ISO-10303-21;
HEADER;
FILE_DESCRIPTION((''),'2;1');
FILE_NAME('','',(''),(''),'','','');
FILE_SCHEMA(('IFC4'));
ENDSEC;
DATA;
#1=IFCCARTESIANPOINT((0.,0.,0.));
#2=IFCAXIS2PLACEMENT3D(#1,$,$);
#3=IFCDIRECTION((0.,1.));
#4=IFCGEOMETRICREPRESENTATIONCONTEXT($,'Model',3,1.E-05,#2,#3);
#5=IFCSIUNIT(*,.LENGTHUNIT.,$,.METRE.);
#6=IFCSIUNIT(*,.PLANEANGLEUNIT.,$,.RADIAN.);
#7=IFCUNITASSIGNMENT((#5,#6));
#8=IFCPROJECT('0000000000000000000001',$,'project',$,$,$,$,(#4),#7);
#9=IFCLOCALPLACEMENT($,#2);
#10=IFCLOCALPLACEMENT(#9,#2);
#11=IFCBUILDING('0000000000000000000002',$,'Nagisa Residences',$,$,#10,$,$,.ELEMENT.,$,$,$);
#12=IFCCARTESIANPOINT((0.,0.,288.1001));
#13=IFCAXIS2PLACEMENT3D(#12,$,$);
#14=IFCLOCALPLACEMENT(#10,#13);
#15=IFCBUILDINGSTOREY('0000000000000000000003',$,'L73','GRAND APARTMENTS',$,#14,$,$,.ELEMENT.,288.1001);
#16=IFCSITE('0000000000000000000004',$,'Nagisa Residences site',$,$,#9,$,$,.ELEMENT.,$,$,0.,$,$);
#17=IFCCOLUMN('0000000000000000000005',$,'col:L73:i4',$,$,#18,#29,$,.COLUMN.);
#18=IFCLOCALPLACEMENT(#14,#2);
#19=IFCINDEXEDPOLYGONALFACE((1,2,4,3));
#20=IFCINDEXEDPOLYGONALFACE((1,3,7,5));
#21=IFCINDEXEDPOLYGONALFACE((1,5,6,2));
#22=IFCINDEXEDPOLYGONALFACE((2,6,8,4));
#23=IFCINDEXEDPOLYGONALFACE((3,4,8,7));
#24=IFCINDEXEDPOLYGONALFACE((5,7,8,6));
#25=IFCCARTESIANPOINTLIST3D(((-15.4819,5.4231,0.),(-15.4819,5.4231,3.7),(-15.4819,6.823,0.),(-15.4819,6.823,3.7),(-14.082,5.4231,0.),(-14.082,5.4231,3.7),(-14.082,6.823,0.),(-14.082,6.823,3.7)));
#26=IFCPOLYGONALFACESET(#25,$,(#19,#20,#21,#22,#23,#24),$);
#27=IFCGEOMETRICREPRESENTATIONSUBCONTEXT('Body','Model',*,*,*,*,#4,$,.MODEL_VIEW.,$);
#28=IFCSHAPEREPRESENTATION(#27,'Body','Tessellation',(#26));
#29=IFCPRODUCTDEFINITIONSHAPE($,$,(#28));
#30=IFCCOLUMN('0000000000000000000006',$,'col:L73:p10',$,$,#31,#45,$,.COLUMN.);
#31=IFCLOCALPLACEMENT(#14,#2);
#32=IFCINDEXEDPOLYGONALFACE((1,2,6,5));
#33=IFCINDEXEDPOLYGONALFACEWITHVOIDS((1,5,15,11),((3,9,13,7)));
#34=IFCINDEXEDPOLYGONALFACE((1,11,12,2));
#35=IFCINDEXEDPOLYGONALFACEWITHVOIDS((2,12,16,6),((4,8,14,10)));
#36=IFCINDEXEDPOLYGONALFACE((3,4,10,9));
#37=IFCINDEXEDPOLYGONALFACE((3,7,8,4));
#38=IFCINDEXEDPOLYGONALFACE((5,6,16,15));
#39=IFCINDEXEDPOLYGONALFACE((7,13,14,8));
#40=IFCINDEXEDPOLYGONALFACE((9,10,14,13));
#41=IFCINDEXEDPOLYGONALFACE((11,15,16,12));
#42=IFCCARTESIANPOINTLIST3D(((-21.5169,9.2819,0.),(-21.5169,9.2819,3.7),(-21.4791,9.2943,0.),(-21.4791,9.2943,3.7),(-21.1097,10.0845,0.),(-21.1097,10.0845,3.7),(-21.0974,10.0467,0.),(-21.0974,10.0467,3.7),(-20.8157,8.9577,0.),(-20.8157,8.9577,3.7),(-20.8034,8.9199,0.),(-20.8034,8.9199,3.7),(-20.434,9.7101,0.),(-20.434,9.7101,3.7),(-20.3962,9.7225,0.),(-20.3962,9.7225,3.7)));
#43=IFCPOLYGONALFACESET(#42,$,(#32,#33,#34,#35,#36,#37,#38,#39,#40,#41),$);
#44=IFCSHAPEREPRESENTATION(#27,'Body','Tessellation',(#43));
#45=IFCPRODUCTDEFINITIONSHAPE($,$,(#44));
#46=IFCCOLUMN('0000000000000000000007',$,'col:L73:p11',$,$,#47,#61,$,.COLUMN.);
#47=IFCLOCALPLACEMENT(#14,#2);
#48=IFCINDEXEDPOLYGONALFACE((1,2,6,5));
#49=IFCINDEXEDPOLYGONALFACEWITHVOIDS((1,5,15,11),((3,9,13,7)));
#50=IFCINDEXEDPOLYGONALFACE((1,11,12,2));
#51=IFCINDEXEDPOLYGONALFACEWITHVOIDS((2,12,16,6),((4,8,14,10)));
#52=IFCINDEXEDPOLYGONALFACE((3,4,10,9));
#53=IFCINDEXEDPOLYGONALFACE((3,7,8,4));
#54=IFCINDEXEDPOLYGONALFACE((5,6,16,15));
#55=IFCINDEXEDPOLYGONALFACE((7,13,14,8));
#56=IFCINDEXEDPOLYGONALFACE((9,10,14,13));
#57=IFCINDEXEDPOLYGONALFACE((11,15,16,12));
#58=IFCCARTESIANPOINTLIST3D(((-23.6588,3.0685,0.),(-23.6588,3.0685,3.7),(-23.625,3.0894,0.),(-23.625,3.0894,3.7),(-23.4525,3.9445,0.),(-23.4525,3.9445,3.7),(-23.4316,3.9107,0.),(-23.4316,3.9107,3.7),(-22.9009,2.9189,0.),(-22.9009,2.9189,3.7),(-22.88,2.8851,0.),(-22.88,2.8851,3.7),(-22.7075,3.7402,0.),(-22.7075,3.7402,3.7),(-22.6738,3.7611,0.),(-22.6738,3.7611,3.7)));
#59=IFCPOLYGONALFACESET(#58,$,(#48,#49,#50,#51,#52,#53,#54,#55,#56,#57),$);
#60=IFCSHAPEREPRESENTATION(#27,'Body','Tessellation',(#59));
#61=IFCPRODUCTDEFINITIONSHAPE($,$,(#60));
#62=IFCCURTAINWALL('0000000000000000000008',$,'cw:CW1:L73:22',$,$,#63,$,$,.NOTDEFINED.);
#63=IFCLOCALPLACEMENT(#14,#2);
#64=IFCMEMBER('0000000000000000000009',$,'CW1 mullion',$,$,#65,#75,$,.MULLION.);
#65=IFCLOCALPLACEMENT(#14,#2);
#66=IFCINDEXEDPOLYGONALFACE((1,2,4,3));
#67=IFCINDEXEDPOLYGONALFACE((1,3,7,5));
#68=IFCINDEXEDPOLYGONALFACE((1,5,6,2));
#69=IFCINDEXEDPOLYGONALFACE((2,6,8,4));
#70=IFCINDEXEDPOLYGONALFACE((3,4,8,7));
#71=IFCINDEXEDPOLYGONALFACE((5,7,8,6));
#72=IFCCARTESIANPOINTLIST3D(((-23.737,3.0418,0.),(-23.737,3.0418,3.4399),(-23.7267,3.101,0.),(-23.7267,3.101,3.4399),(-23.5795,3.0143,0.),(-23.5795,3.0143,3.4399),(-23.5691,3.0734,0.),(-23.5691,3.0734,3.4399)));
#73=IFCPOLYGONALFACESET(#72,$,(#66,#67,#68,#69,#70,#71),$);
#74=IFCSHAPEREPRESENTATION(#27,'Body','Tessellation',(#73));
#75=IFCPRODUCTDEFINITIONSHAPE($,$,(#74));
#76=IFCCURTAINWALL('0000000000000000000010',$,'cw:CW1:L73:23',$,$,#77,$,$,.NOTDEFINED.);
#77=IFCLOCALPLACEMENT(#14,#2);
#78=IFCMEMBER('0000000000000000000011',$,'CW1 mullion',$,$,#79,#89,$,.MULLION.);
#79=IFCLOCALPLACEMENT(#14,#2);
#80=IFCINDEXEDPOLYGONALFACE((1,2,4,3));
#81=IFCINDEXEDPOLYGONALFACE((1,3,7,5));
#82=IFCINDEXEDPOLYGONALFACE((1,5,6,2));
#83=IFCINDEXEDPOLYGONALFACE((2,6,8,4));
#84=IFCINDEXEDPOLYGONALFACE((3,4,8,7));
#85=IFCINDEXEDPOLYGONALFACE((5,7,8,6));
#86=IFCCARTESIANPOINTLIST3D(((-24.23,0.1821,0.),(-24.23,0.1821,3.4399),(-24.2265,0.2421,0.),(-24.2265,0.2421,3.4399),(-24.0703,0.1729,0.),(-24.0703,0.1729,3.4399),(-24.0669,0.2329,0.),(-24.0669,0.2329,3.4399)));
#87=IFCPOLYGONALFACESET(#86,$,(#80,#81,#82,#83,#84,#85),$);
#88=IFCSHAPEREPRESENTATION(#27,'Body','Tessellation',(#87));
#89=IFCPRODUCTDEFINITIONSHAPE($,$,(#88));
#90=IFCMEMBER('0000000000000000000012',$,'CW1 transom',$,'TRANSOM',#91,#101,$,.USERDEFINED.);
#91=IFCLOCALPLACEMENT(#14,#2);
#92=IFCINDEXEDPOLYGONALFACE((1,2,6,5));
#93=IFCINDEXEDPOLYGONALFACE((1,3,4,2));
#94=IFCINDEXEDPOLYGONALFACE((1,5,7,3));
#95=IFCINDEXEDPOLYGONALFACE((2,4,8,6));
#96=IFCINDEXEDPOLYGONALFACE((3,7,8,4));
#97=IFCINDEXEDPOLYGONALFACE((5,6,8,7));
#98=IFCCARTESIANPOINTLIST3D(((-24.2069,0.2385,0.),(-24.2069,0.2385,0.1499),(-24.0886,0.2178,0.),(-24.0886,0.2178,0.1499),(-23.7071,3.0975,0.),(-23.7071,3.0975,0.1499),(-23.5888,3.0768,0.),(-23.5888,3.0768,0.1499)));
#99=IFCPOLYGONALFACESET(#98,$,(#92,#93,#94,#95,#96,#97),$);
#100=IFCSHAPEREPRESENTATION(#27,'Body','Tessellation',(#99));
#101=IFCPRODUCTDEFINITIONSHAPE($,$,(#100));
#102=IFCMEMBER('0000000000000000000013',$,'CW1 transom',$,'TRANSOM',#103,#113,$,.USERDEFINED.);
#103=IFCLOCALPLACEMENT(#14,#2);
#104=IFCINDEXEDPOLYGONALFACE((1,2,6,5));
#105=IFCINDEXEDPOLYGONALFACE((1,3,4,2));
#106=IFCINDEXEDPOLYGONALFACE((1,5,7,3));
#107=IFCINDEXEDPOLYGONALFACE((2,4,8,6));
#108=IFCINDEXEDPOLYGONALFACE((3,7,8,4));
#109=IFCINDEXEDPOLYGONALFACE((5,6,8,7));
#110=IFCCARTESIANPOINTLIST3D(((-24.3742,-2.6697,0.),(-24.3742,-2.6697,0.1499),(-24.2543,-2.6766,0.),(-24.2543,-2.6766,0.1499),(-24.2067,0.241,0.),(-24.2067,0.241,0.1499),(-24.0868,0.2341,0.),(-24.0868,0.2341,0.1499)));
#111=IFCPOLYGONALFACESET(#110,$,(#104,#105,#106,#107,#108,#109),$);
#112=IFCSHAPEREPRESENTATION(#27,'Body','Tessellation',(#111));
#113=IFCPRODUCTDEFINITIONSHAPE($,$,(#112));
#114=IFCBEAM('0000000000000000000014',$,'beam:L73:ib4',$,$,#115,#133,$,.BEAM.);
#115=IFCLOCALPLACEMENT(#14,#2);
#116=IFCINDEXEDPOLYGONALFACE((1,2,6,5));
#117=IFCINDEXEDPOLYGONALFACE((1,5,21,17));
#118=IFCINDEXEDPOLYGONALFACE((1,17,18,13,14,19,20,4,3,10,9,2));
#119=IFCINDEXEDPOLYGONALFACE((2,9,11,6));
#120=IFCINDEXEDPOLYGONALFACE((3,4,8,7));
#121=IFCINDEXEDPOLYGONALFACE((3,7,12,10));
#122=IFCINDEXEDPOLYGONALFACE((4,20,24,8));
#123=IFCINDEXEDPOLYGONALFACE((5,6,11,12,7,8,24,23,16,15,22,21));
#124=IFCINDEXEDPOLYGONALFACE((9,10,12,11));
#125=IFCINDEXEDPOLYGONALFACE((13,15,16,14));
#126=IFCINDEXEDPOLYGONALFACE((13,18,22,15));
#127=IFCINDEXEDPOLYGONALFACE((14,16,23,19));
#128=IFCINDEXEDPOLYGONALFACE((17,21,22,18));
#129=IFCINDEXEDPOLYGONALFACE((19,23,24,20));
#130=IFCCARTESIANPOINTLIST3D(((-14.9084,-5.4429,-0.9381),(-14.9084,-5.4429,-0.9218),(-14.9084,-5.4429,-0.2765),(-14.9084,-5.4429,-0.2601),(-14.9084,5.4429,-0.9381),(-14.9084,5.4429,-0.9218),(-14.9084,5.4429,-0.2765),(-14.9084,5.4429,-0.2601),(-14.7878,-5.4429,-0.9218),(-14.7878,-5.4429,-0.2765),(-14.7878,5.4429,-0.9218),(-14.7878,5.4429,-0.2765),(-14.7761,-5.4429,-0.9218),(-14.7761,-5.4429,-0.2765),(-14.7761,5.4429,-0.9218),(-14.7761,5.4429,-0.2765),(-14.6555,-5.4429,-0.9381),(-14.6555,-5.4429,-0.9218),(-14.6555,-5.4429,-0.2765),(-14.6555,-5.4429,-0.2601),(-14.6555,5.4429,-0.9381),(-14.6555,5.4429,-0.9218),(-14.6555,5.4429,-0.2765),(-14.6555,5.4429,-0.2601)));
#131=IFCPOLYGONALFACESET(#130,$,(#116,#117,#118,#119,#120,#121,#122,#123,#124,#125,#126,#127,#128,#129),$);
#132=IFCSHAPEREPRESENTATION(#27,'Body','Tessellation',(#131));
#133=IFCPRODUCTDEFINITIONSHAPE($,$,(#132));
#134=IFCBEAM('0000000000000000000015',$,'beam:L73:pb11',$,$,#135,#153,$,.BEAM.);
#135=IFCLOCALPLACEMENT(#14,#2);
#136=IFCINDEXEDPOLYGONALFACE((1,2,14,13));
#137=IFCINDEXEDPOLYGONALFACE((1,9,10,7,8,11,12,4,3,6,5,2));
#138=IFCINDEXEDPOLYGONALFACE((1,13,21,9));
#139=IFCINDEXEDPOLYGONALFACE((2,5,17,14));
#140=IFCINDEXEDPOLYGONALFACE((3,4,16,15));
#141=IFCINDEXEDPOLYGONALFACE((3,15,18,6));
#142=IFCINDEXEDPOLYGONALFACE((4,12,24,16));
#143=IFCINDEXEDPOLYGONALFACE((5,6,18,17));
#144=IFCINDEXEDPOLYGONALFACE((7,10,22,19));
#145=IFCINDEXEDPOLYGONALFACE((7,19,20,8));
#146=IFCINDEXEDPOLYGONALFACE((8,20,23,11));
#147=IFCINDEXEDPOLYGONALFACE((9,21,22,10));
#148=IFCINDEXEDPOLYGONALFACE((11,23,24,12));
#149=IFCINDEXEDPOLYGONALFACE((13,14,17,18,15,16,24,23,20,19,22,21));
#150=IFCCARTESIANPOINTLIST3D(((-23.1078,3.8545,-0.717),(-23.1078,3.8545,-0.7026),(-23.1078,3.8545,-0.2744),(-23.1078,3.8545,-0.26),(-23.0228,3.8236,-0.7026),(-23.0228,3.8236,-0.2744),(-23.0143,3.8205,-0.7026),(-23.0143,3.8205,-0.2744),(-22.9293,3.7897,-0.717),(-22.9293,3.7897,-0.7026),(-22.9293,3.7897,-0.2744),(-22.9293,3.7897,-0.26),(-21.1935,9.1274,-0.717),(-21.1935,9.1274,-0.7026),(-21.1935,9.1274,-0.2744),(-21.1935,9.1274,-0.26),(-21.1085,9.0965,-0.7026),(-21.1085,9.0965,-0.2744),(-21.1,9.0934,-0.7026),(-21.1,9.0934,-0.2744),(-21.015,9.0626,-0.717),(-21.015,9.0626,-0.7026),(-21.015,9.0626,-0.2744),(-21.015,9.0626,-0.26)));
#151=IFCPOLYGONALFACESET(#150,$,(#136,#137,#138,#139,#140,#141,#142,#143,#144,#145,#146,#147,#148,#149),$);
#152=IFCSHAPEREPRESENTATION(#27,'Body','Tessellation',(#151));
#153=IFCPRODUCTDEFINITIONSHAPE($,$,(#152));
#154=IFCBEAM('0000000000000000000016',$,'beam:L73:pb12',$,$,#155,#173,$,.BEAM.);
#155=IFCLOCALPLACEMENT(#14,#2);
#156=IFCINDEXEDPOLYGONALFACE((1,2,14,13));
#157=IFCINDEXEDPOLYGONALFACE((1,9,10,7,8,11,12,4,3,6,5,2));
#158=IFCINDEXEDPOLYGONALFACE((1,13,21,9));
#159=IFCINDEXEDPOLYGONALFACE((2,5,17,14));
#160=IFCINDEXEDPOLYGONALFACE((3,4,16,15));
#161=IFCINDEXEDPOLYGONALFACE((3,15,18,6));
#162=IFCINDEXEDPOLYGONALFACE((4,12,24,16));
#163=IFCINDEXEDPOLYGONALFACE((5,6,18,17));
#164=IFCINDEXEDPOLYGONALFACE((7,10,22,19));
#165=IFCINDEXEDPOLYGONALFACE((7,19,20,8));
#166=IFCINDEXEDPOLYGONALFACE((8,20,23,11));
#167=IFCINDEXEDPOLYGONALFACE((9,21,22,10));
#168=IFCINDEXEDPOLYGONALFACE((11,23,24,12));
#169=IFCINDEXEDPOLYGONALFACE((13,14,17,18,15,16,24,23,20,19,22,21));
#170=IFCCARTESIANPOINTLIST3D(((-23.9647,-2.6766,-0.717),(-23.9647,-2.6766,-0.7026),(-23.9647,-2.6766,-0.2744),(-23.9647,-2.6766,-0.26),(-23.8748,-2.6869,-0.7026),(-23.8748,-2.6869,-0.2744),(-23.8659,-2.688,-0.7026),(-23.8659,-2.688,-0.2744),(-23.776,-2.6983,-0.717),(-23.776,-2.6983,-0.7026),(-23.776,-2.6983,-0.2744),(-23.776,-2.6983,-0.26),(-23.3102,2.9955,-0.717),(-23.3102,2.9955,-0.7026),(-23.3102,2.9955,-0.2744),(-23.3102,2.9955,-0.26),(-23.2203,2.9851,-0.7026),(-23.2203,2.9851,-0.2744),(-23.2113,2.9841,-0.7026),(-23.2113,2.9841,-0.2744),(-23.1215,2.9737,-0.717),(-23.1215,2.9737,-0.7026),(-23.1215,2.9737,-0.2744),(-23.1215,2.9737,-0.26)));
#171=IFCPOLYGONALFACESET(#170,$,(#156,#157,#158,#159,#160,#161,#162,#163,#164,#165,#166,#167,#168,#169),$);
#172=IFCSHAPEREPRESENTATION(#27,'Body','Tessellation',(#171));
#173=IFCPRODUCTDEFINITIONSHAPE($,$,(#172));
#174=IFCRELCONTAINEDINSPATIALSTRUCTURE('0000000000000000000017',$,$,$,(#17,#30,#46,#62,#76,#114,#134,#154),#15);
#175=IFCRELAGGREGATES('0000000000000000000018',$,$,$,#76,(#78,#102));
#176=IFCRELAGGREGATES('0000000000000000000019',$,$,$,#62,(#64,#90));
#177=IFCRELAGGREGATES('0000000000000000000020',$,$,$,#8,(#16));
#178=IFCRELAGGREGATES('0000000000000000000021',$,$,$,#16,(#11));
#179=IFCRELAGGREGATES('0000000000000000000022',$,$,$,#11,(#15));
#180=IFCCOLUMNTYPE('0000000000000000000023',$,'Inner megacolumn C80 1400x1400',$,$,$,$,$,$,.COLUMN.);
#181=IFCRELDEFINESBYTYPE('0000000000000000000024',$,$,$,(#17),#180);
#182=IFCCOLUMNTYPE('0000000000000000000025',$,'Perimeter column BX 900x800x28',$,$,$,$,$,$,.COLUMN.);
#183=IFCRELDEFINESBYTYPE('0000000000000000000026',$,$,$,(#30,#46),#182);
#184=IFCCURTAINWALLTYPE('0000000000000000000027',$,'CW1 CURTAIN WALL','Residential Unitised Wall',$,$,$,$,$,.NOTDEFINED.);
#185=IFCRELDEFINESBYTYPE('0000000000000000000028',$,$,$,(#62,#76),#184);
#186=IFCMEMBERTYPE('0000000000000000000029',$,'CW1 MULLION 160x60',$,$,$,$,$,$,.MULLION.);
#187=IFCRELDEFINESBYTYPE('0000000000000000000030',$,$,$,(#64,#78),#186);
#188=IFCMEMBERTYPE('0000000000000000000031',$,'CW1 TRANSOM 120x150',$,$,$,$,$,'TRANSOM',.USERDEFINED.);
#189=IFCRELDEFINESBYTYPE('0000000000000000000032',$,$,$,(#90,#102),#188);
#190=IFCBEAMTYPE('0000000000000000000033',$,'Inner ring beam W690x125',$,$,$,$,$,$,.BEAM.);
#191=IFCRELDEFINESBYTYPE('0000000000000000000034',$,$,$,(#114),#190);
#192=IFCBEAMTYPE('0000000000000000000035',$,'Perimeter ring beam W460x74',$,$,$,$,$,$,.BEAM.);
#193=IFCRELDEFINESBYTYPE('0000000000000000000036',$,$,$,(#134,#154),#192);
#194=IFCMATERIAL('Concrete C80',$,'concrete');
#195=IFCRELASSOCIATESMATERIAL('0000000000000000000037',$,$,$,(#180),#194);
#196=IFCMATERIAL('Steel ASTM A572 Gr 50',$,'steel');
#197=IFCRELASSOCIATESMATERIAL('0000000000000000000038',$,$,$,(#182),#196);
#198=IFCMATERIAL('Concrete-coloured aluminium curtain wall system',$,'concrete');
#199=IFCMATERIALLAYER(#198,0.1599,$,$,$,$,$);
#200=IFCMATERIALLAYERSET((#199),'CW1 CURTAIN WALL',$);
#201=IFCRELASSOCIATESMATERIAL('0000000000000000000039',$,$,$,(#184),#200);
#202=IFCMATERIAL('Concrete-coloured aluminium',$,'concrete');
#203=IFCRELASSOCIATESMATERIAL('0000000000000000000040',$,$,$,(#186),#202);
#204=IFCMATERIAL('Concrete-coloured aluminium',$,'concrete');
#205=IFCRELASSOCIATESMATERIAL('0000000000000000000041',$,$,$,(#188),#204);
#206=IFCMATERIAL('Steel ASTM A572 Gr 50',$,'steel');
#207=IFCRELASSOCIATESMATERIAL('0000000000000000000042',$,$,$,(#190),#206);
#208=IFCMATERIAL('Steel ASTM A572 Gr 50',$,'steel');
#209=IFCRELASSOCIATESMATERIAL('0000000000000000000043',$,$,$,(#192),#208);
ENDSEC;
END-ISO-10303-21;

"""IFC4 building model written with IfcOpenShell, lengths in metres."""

from ifc_helpers import new_model, si_unit, direction, frame, origin, origin_2d, place, context, subcontext, project, spatial, rectangle, hollow_rectangle, i_section, extrude, material, layer, layer_set, material_profile, profile_set, type_object, element, aggregate, save


model = new_model("IFC4")

# Units and contexts
model_context = context("Model", 3, precision=1e-05, world=origin(), true_north=direction((0.0, 1.0)))
body_context = subcontext(model_context, "Body", "Model", "MODEL_VIEW")
ifc_project = project(units=[si_unit("LENGTHUNIT", "METRE"), si_unit("PLANEANGLEUNIT", "RADIAN")], contexts=[model_context])

# Site, building, storey
site_placement = place(None, origin())
site = spatial("IfcSite", under=ifc_project, at=site_placement, Name="Nagisa Residences site", CompositionType="ELEMENT", RefElevation=0.0)
building_placement = place(site_placement, origin())
building = spatial("IfcBuilding", under=site, at=building_placement, Name="Nagisa Residences", CompositionType="ELEMENT")
storey_placement = place(building_placement, frame((0.0, 0.0, 288.1001)))
storey = spatial("IfcBuildingStorey", under=building, at=storey_placement, Name="L73", Description="GRAND APARTMENTS", CompositionType="ELEMENT", Elevation=288.1001)

# Columns
ifc_material_1 = material(Name="Concrete C80", Category="concrete")
ifc_material_profile_1 = material_profile(ifc_material_1, rectangle(XDim=1.3999, YDim=1.3999, at=origin_2d()), Name="C80 1400x1400")
ifc_profile_set_1 = profile_set([ifc_material_profile_1], Name="Concrete C80")
column_type_1 = type_object("IfcColumnType", Name="Inner megacolumn C80 1400x1400", PredefinedType="COLUMN", material=ifc_profile_set_1)
column_placement = place(storey_placement, frame((-14.782, 6.123, 0.0), z_axis=(0.0, 0.0, 1.0), x_axis=(1.0, 0.0, 0.0)))
element("IfcColumn", 1, at=column_placement, inside=storey, type_object=column_type_1, Name="col:L73:i4", PredefinedType="COLUMN", context=body_context, shape_type="SweptSolid", body=[
    extrude(rectangle(XDim=1.3999, YDim=1.3999, at=origin_2d()), origin(), (0.0, 0.0, 1.0), 3.7),
])
ifc_material_2 = material(Name="Steel ASTM A572 Gr 50", Category="steel")
ifc_material_profile_2 = material_profile(ifc_material_2, hollow_rectangle(XDim=0.8999, YDim=0.8, WallThickness=0.0281, at=origin_2d()), Name="BX 900x800x28")
ifc_profile_set_2 = profile_set([ifc_material_profile_2], Name="Steel ASTM A572 Gr 50")
column_type_2 = type_object("IfcColumnType", Name="Perimeter column BX 900x800x28", PredefinedType="COLUMN", material=ifc_profile_set_2)
for number, where, z_axis, x_axis, name in (
    (2, (-20.9565, 9.5022, 0.0), (0.0, 0.0, 1.0), (-0.452463, -0.891783, 0.0), "col:L73:p10"),
    (3, (-23.1663, 3.4148, 0.0), (0.0, 0.0, 1.0), (-0.229202, -0.973379, 0.0), "col:L73:p11"),
):
    element("IfcColumn", number, at=place(storey_placement, frame(where, z_axis=z_axis, x_axis=x_axis)), inside=storey, type_object=column_type_2, Name=name, PredefinedType="COLUMN", context=body_context, shape_type="SweptSolid", body=[
        extrude(hollow_rectangle(XDim=0.8999, YDim=0.8, WallThickness=0.0281, at=origin_2d()), origin(), (0.0, 0.0, 1.0), 3.7),
    ])

# Curtain walls, members
ifc_material_3 = material(Name="Concrete-coloured aluminium curtain wall system", Category="concrete")
ifc_layer_1 = layer(ifc_material_3, 0.1599)
ifc_layer_set_1 = layer_set([ifc_layer_1], Name="CW1 CURTAIN WALL")
curtain_wall_type = type_object("IfcCurtainWallType", Name="CW1 CURTAIN WALL", Description="Residential Unitised Wall", PredefinedType="NOTDEFINED", material=ifc_layer_set_1)
curtain_wall_1_placement = place(storey_placement, origin())
curtain_wall_1 = element("IfcCurtainWall", 4, at=curtain_wall_1_placement, inside=storey, type_object=curtain_wall_type, Name="cw:CW1:L73:22", PredefinedType="NOTDEFINED")
ifc_material_4 = material(Name="Concrete-coloured aluminium", Category="concrete")
ifc_material_profile_3 = material_profile(ifc_material_4, rectangle(XDim=0.1599, YDim=0.0601, at=origin_2d()), Name="CW1 MULLION 160x60")
ifc_profile_set_3 = profile_set([ifc_material_profile_3], Name="Concrete-coloured aluminium")
member_type_1 = type_object("IfcMemberType", Name="CW1 MULLION 160x60", PredefinedType="MULLION", material=ifc_profile_set_3)
member_1_placement = place(storey_placement, frame((-23.6531, 3.0576, 0.0), z_axis=(0.0, 0.0, 1.0), x_axis=(0.985064, -0.172191, 0.0)))
member_1 = element("IfcMember", 5, at=member_1_placement, type_object=member_type_1, Name="CW1 mullion", PredefinedType="MULLION", context=body_context, shape_type="SweptSolid", body=[
    extrude(rectangle(XDim=0.1599, YDim=0.0601, at=origin_2d()), origin(), (0.0, 0.0, 1.0), 3.4399),
])
curtain_wall_2_placement = place(storey_placement, origin())
curtain_wall_2 = element("IfcCurtainWall", 6, at=curtain_wall_2_placement, inside=storey, type_object=curtain_wall_type, Name="cw:CW1:L73:23", PredefinedType="NOTDEFINED")
member_2_placement = place(storey_placement, frame((-24.1484, 0.2075, 0.0), z_axis=(0.0, 0.0, 1.0), x_axis=(0.998345, -0.057503, 0.0)))
member_2 = element("IfcMember", 7, at=member_2_placement, type_object=member_type_1, Name="CW1 mullion", PredefinedType="MULLION", context=body_context, shape_type="SweptSolid", body=[
    extrude(rectangle(XDim=0.1599, YDim=0.0601, at=origin_2d()), origin(), (0.0, 0.0, 1.0), 3.4399),
])

# Members
ifc_material_5 = material(Name="Concrete-coloured aluminium", Category="concrete")
ifc_material_profile_4 = material_profile(ifc_material_5, rectangle(XDim=0.1201, YDim=0.1499, at=origin_2d()), Name="CW1 TRANSOM 120x150")
ifc_profile_set_4 = profile_set([ifc_material_profile_4], Name="Concrete-coloured aluminium")
member_type_2 = type_object("IfcMemberType", Name="CW1 TRANSOM 120x150", ElementType="TRANSOM", PredefinedType="USERDEFINED", material=ifc_profile_set_4)
member_3_placement = place(storey_placement, frame((-23.6479, 3.0872, 0.075), z_axis=(-0.172197, -0.985063, 0.0), x_axis=(0.985063, -0.172197, 0.0)))
member_3 = element("IfcMember", 8, at=member_3_placement, type_object=member_type_2, Name="CW1 transom", ObjectType="TRANSOM", PredefinedType="USERDEFINED", context=body_context, shape_type="SweptSolid", body=[
    extrude(rectangle(XDim=0.1201, YDim=0.1499, at=origin_2d()), origin(), (0.0, 0.0, 1.0), 2.9023),
])
member_4_placement = place(storey_placement, frame((-24.1467, 0.2375, 0.075), z_axis=(-0.057446, -0.998349, 0.0), x_axis=(0.998349, -0.057446, 0.0)))
member_4 = element("IfcMember", 9, at=member_4_placement, type_object=member_type_2, Name="CW1 transom", ObjectType="TRANSOM", PredefinedType="USERDEFINED", context=body_context, shape_type="SweptSolid", body=[
    extrude(rectangle(XDim=0.1201, YDim=0.1499, at=origin_2d()), origin(), (0.0, 0.0, 1.0), 2.9155),
])
aggregate(curtain_wall_2, [member_2, member_4])

# Beams
ifc_material_6 = material(Name="Steel ASTM A572 Gr 50", Category="steel")
ifc_material_profile_5 = material_profile(ifc_material_6, i_section(OverallWidth=0.2529, OverallDepth=0.678, WebThickness=0.0117, FlangeThickness=0.0164, at=origin_2d()), Name="W690x125")
ifc_profile_set_5 = profile_set([ifc_material_profile_5], Name="Steel ASTM A572 Gr 50")
beam_type_1 = type_object("IfcBeamType", Name="Inner ring beam W690x125", PredefinedType="BEAM", material=ifc_profile_set_5)
beam_1_placement = place(storey_placement, frame((-14.782, 5.4429, -0.5991), z_axis=(0.0, -1.0, 0.0), x_axis=(1.0, 0.0, 0.0)))
element("IfcBeam", 10, at=beam_1_placement, inside=storey, type_object=beam_type_1, Name="beam:L73:ib4", PredefinedType="BEAM", context=body_context, shape_type="SweptSolid", body=[
    extrude(i_section(OverallWidth=0.2529, OverallDepth=0.678, WebThickness=0.0117, FlangeThickness=0.0164, at=origin_2d()), origin(), (0.0, 0.0, 1.0), 10.8857),
])
ifc_material_7 = material(Name="Steel ASTM A572 Gr 50", Category="steel")
ifc_material_profile_6 = material_profile(ifc_material_7, i_section(OverallWidth=0.1899, OverallDepth=0.457, WebThickness=0.009, FlangeThickness=0.0144, at=origin_2d()), Name="W460x74")
ifc_profile_set_6 = profile_set([ifc_material_profile_6], Name="Steel ASTM A572 Gr 50")
beam_type_2 = type_object("IfcBeamType", Name="Perimeter ring beam W460x74", PredefinedType="BEAM", material=ifc_profile_set_6)
beam_2_placement = place(storey_placement, frame((-21.1042, 9.095, -0.4885), z_axis=(-0.34125, -0.939972, 0.0), x_axis=(0.939972, -0.34125, 0.0)))
element("IfcBeam", 11, at=beam_2_placement, inside=storey, type_object=beam_type_2, Name="beam:L73:pb11", PredefinedType="BEAM", context=body_context, shape_type="SweptSolid", body=[
    extrude(i_section(OverallWidth=0.1899, OverallDepth=0.457, WebThickness=0.009, FlangeThickness=0.0144, at=origin_2d()), origin(), (0.0, 0.0, 1.0), 5.6096),
])
beam_3_placement = place(storey_placement, frame((-23.2158, 2.9846, -0.4885), z_axis=(-0.114635, -0.993408, 0.0), x_axis=(0.993408, -0.114635, 0.0)))
element("IfcBeam", 12, at=beam_3_placement, inside=storey, type_object=beam_type_2, Name="beam:L73:pb12", PredefinedType="BEAM", context=body_context, shape_type="SweptSolid", body=[
    extrude(i_section(OverallWidth=0.1899, OverallDepth=0.457, WebThickness=0.009, FlangeThickness=0.0144, at=origin_2d()), origin(), (0.0, 0.0, 1.0), 5.7097),
])

aggregate(curtain_wall_1, [member_1, member_3])

save(model, "model.ifc")
